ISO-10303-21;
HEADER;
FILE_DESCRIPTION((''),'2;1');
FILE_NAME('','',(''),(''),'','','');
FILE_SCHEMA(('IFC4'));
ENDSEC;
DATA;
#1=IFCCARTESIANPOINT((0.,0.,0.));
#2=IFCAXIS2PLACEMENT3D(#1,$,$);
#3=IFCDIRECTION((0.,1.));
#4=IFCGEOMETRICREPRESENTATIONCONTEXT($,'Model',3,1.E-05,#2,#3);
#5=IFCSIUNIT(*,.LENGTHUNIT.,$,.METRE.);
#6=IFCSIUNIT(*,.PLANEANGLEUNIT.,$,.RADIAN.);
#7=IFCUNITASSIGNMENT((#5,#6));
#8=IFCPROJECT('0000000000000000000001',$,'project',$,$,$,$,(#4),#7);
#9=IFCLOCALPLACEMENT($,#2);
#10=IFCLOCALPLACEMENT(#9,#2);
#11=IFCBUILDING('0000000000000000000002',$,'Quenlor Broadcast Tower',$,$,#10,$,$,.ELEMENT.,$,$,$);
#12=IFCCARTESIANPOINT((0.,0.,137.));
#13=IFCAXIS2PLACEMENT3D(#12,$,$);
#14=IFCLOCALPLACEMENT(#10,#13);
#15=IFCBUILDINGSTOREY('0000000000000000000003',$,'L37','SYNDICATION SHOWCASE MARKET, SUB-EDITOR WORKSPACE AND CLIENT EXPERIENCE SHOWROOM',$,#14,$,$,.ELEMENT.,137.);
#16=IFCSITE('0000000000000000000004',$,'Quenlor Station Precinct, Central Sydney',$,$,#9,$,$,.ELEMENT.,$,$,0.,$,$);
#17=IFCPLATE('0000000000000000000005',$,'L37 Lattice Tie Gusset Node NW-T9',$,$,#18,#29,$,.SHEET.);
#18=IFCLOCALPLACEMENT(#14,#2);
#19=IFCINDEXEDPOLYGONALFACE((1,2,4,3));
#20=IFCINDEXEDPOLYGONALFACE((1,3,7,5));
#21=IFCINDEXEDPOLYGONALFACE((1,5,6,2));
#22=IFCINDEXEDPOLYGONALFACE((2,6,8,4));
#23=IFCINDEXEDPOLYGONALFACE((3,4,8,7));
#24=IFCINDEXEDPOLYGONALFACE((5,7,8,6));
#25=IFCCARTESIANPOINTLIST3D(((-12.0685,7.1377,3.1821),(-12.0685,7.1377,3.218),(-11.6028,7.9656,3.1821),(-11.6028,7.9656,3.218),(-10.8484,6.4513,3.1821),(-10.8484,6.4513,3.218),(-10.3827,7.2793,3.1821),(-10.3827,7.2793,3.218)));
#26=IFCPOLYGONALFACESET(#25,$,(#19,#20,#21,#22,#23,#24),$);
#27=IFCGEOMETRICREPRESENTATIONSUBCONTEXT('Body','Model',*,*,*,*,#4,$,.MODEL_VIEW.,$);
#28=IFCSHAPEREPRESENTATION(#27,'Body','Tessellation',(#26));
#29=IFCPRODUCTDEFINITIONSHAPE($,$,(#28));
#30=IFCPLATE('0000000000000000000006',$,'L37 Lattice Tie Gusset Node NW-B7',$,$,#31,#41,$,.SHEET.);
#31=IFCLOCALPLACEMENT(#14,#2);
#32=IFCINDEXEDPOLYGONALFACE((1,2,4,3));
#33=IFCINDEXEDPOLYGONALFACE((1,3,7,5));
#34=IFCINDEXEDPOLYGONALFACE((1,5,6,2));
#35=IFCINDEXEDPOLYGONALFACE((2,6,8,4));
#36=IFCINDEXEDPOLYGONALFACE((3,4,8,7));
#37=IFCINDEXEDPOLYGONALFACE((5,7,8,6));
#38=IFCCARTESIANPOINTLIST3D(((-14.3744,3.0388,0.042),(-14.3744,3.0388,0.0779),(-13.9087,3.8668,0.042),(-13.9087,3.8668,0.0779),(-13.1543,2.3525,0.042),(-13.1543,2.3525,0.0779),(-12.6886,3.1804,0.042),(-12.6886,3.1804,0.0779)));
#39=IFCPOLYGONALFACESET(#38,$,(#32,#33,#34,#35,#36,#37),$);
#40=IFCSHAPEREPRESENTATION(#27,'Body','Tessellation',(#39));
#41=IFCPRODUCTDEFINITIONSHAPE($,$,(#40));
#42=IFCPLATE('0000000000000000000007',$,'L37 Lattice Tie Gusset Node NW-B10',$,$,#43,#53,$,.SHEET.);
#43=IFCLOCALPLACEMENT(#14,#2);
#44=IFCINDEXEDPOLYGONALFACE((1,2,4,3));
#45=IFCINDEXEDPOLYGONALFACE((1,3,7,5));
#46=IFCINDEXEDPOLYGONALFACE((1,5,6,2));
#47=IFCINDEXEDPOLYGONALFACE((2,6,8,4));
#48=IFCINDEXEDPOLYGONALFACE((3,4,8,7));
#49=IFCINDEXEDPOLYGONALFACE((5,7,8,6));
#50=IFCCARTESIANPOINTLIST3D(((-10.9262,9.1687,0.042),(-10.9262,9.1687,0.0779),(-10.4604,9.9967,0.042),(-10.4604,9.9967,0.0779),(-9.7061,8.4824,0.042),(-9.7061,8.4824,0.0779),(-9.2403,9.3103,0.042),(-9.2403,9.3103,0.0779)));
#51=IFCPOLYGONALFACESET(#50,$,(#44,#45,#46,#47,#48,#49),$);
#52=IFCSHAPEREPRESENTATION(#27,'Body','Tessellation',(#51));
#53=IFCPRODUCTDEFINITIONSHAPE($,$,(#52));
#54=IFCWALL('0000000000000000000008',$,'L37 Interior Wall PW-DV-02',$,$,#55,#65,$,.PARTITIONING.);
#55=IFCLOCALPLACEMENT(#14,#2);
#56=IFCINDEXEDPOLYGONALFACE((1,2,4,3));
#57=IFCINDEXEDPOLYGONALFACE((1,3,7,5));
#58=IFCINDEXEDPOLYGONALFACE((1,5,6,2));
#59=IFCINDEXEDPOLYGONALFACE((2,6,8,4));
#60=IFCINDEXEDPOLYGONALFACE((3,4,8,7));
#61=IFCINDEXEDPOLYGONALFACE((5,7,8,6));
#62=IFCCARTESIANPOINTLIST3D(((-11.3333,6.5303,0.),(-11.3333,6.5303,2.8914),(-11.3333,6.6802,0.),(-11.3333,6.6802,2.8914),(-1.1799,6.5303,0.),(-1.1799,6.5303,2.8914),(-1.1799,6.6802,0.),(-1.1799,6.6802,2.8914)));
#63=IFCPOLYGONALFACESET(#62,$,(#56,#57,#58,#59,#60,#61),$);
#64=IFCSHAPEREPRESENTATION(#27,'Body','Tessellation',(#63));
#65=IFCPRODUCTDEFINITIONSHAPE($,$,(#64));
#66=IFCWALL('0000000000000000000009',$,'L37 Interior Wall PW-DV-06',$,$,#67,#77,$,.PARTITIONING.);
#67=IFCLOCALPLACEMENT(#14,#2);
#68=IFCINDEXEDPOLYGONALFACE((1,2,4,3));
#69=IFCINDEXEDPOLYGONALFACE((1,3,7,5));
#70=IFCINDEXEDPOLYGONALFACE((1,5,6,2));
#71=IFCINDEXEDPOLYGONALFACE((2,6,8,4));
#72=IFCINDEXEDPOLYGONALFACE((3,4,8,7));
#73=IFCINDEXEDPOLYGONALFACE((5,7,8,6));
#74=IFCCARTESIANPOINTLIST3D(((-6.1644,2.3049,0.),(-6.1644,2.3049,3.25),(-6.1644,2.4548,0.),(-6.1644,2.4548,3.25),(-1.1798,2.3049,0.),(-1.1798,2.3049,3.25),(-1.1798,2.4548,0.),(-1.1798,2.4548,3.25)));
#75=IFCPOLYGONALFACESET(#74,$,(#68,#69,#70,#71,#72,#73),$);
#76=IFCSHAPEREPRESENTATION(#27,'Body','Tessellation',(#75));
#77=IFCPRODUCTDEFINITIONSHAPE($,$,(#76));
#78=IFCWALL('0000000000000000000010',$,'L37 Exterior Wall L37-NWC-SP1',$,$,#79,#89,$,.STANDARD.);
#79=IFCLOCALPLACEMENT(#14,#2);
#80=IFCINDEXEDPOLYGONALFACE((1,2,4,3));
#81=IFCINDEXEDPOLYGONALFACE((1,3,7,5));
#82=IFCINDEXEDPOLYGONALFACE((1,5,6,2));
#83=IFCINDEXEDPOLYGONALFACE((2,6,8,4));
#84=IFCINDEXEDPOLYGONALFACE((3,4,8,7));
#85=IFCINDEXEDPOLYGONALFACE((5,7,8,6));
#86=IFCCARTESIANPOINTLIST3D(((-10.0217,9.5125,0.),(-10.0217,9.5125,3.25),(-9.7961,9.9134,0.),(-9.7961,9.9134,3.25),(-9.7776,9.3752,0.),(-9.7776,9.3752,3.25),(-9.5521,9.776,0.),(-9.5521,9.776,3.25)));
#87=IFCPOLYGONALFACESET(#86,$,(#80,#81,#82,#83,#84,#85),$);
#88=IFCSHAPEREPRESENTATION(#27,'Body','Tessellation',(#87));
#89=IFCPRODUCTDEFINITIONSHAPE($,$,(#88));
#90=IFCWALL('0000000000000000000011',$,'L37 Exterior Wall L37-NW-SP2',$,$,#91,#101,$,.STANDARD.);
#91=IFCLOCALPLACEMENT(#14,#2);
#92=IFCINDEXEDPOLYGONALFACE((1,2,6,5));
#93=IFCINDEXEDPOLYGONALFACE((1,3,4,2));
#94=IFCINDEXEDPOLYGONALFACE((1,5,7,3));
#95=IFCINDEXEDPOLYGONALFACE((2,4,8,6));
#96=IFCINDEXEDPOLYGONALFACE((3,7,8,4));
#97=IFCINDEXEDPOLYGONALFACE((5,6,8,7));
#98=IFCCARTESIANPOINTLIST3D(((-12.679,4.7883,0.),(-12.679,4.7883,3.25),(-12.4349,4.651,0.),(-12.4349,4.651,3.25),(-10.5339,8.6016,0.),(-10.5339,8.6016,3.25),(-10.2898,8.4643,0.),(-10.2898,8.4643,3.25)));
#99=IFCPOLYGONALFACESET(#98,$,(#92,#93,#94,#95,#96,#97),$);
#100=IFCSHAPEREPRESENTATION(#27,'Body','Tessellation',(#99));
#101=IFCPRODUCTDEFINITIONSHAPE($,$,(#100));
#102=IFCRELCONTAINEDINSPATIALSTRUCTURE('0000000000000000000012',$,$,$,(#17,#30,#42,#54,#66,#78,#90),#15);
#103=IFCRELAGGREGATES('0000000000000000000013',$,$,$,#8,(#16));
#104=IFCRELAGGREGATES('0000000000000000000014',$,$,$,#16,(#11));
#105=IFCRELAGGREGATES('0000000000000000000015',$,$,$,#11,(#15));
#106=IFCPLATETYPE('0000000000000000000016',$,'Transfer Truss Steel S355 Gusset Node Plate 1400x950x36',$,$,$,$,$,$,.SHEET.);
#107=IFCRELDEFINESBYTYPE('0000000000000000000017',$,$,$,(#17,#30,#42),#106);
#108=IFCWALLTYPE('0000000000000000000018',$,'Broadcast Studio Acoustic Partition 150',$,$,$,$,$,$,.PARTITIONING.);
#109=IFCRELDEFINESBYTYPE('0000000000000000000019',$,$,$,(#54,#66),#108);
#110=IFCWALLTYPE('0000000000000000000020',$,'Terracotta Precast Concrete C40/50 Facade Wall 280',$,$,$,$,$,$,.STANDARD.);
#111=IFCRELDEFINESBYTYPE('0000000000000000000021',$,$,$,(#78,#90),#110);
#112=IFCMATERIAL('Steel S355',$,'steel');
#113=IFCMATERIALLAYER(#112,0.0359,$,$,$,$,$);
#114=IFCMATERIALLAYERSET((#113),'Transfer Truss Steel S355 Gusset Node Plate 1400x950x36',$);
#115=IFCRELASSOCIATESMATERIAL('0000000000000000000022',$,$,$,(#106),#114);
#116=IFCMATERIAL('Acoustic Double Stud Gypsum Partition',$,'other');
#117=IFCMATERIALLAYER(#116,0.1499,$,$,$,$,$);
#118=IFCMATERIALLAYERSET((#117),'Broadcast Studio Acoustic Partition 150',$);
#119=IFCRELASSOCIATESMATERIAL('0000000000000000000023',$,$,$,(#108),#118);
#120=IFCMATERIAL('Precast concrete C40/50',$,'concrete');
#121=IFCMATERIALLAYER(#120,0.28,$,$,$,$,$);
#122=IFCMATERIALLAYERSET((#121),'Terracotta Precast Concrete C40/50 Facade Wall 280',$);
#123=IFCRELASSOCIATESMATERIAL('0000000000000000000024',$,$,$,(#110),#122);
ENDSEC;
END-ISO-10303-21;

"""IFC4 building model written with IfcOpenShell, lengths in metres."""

from ifc_helpers import new_model, si_unit, direction, frame, frame_2d, origin, origin_2d, place, context, subcontext, project, spatial, rectangle, extrude, material, layer, layer_set, type_object, element, save


model = new_model("IFC4")

# Units and contexts
model_context = context("Model", 3, precision=1e-05, world=origin(), true_north=direction((0.0, 1.0)))
body_context = subcontext(model_context, "Body", "Model", "MODEL_VIEW")
ifc_project = project(units=[si_unit("LENGTHUNIT", "METRE"), si_unit("PLANEANGLEUNIT", "RADIAN")], contexts=[model_context])

# Site, building, storey
site_placement = place(None, origin())
site = spatial("IfcSite", under=ifc_project, at=site_placement, Name="Quenlor Station Precinct, Central Sydney", CompositionType="ELEMENT", RefElevation=0.0)
building_placement = place(site_placement, origin())
building = spatial("IfcBuilding", under=site, at=building_placement, Name="Quenlor Broadcast Tower", CompositionType="ELEMENT")
storey_placement = place(building_placement, frame((0.0, 0.0, 137.0)))
storey = spatial("IfcBuildingStorey", under=building, at=storey_placement, Name="L37", Description="SYNDICATION SHOWCASE MARKET, SUB-EDITOR WORKSPACE AND CLIENT EXPERIENCE SHOWROOM", CompositionType="ELEMENT", Elevation=137.0)

# Plates
ifc_material_1 = material(Name="Steel S355", Category="steel")
ifc_layer_1 = layer(ifc_material_1, 0.0359)
ifc_layer_set_1 = layer_set([ifc_layer_1], Name="Transfer Truss Steel S355 Gusset Node Plate 1400x950x36")
plate_type_1 = type_object("IfcPlateType", Name="Transfer Truss Steel S355 Gusset Node Plate 1400x950x36", PredefinedType="SHEET", material=ifc_layer_set_1)
for number, where, z_axis, x_axis, name in (
    (1, (-11.2256, 7.2085, 3.1821), (0.0, 0.0, 1.0), (-0.871556, 0.490295, 0.0), "L37 Lattice Tie Gusset Node NW-T9"),
    (2, (-13.5315, 3.1096, 0.042), (0.0, 0.0, 1.0), (-0.871556, 0.490295, 0.0), "L37 Lattice Tie Gusset Node NW-B7"),
    (3, (-10.0833, 9.2395, 0.042), (0.0, 0.0, 1.0), (-0.871556, 0.490295, 0.0), "L37 Lattice Tie Gusset Node NW-B10"),
):
    element("IfcPlate", number, at=place(storey_placement, frame(where, z_axis=z_axis, x_axis=x_axis)), inside=storey, type_object=plate_type_1, Name=name, PredefinedType="SHEET", context=body_context, shape_type="SweptSolid", body=[
        extrude(rectangle(XDim=1.3999, YDim=0.95, at=origin_2d()), origin(), (0.0, 0.0, 1.0), 0.0359),
    ])

# Walls
ifc_material_2 = material(Name="Acoustic Double Stud Gypsum Partition", Category="other")
ifc_layer_2 = layer(ifc_material_2, 0.1499)
ifc_layer_set_2 = layer_set([ifc_layer_2], Name="Broadcast Studio Acoustic Partition 150")
wall_type_1 = type_object("IfcWallType", Name="Broadcast Studio Acoustic Partition 150", PredefinedType="PARTITIONING", material=ifc_layer_set_2)
wall_1_placement = place(storey_placement, frame((-1.1799, 6.6052, 0.0), z_axis=(0.0, 0.0, 1.0), x_axis=(-1.0, 0.0, 0.0)))
element("IfcWall", 4, at=wall_1_placement, inside=storey, type_object=wall_type_1, Name="L37 Interior Wall PW-DV-02", PredefinedType="PARTITIONING", context=body_context, shape_type="SweptSolid", body=[
    extrude(rectangle(XDim=10.1533, YDim=0.1499, at=frame_2d((5.0767, 0.0))), origin(), (0.0, 0.0, 1.0), 2.8914),
])
wall_2_placement = place(storey_placement, frame((-1.1799, 2.3799, 0.0), z_axis=(0.0, 0.0, 1.0), x_axis=(-1.0, 0.0, 0.0)))
element("IfcWall", 5, at=wall_2_placement, inside=storey, type_object=wall_type_1, Name="L37 Interior Wall PW-DV-06", PredefinedType="PARTITIONING", context=body_context, shape_type="SweptSolid", body=[
    extrude(rectangle(XDim=4.9846, YDim=0.1499, at=frame_2d((2.4922, 0.0))), origin(), (0.0, 0.0, 1.0), 3.25),
])
ifc_material_3 = material(Name="Precast concrete C40/50", Category="concrete")
ifc_layer_3 = layer(ifc_material_3, 0.28)
ifc_layer_set_3 = layer_set([ifc_layer_3], Name="Terracotta Precast Concrete C40/50 Facade Wall 280")
wall_type_2 = type_object("IfcWallType", Name="Terracotta Precast Concrete C40/50 Facade Wall 280", PredefinedType="STANDARD", material=ifc_layer_set_3)
wall_3_placement = place(storey_placement, frame((-9.8997, 9.4438, 0.0), z_axis=(0.0, 0.0, 1.0), x_axis=(0.490412, 0.87149, 0.0)))
element("IfcWall", 6, at=wall_3_placement, inside=storey, type_object=wall_type_2, Name="L37 Exterior Wall L37-NWC-SP1", PredefinedType="STANDARD", context=body_context, shape_type="SweptSolid", body=[
    extrude(rectangle(XDim=0.46, YDim=0.28, at=frame_2d((0.23, 0.0))), origin(), (0.0, 0.0, 1.0), 3.25),
])
wall_4_placement = place(storey_placement, frame((-12.5569, 4.7197, 0.0), z_axis=(0.0, 0.0, 1.0), x_axis=(0.490274, 0.871568, 0.0)))
element("IfcWall", 7, at=wall_4_placement, inside=storey, type_object=wall_type_2, Name="L37 Exterior Wall L37-NW-SP2", PredefinedType="STANDARD", context=body_context, shape_type="SweptSolid", body=[
    extrude(rectangle(XDim=4.3752, YDim=0.28, at=frame_2d((2.1875, 0.0))), origin(), (0.0, 0.0, 1.0), 3.25),
])

save(model, "model.ifc")
